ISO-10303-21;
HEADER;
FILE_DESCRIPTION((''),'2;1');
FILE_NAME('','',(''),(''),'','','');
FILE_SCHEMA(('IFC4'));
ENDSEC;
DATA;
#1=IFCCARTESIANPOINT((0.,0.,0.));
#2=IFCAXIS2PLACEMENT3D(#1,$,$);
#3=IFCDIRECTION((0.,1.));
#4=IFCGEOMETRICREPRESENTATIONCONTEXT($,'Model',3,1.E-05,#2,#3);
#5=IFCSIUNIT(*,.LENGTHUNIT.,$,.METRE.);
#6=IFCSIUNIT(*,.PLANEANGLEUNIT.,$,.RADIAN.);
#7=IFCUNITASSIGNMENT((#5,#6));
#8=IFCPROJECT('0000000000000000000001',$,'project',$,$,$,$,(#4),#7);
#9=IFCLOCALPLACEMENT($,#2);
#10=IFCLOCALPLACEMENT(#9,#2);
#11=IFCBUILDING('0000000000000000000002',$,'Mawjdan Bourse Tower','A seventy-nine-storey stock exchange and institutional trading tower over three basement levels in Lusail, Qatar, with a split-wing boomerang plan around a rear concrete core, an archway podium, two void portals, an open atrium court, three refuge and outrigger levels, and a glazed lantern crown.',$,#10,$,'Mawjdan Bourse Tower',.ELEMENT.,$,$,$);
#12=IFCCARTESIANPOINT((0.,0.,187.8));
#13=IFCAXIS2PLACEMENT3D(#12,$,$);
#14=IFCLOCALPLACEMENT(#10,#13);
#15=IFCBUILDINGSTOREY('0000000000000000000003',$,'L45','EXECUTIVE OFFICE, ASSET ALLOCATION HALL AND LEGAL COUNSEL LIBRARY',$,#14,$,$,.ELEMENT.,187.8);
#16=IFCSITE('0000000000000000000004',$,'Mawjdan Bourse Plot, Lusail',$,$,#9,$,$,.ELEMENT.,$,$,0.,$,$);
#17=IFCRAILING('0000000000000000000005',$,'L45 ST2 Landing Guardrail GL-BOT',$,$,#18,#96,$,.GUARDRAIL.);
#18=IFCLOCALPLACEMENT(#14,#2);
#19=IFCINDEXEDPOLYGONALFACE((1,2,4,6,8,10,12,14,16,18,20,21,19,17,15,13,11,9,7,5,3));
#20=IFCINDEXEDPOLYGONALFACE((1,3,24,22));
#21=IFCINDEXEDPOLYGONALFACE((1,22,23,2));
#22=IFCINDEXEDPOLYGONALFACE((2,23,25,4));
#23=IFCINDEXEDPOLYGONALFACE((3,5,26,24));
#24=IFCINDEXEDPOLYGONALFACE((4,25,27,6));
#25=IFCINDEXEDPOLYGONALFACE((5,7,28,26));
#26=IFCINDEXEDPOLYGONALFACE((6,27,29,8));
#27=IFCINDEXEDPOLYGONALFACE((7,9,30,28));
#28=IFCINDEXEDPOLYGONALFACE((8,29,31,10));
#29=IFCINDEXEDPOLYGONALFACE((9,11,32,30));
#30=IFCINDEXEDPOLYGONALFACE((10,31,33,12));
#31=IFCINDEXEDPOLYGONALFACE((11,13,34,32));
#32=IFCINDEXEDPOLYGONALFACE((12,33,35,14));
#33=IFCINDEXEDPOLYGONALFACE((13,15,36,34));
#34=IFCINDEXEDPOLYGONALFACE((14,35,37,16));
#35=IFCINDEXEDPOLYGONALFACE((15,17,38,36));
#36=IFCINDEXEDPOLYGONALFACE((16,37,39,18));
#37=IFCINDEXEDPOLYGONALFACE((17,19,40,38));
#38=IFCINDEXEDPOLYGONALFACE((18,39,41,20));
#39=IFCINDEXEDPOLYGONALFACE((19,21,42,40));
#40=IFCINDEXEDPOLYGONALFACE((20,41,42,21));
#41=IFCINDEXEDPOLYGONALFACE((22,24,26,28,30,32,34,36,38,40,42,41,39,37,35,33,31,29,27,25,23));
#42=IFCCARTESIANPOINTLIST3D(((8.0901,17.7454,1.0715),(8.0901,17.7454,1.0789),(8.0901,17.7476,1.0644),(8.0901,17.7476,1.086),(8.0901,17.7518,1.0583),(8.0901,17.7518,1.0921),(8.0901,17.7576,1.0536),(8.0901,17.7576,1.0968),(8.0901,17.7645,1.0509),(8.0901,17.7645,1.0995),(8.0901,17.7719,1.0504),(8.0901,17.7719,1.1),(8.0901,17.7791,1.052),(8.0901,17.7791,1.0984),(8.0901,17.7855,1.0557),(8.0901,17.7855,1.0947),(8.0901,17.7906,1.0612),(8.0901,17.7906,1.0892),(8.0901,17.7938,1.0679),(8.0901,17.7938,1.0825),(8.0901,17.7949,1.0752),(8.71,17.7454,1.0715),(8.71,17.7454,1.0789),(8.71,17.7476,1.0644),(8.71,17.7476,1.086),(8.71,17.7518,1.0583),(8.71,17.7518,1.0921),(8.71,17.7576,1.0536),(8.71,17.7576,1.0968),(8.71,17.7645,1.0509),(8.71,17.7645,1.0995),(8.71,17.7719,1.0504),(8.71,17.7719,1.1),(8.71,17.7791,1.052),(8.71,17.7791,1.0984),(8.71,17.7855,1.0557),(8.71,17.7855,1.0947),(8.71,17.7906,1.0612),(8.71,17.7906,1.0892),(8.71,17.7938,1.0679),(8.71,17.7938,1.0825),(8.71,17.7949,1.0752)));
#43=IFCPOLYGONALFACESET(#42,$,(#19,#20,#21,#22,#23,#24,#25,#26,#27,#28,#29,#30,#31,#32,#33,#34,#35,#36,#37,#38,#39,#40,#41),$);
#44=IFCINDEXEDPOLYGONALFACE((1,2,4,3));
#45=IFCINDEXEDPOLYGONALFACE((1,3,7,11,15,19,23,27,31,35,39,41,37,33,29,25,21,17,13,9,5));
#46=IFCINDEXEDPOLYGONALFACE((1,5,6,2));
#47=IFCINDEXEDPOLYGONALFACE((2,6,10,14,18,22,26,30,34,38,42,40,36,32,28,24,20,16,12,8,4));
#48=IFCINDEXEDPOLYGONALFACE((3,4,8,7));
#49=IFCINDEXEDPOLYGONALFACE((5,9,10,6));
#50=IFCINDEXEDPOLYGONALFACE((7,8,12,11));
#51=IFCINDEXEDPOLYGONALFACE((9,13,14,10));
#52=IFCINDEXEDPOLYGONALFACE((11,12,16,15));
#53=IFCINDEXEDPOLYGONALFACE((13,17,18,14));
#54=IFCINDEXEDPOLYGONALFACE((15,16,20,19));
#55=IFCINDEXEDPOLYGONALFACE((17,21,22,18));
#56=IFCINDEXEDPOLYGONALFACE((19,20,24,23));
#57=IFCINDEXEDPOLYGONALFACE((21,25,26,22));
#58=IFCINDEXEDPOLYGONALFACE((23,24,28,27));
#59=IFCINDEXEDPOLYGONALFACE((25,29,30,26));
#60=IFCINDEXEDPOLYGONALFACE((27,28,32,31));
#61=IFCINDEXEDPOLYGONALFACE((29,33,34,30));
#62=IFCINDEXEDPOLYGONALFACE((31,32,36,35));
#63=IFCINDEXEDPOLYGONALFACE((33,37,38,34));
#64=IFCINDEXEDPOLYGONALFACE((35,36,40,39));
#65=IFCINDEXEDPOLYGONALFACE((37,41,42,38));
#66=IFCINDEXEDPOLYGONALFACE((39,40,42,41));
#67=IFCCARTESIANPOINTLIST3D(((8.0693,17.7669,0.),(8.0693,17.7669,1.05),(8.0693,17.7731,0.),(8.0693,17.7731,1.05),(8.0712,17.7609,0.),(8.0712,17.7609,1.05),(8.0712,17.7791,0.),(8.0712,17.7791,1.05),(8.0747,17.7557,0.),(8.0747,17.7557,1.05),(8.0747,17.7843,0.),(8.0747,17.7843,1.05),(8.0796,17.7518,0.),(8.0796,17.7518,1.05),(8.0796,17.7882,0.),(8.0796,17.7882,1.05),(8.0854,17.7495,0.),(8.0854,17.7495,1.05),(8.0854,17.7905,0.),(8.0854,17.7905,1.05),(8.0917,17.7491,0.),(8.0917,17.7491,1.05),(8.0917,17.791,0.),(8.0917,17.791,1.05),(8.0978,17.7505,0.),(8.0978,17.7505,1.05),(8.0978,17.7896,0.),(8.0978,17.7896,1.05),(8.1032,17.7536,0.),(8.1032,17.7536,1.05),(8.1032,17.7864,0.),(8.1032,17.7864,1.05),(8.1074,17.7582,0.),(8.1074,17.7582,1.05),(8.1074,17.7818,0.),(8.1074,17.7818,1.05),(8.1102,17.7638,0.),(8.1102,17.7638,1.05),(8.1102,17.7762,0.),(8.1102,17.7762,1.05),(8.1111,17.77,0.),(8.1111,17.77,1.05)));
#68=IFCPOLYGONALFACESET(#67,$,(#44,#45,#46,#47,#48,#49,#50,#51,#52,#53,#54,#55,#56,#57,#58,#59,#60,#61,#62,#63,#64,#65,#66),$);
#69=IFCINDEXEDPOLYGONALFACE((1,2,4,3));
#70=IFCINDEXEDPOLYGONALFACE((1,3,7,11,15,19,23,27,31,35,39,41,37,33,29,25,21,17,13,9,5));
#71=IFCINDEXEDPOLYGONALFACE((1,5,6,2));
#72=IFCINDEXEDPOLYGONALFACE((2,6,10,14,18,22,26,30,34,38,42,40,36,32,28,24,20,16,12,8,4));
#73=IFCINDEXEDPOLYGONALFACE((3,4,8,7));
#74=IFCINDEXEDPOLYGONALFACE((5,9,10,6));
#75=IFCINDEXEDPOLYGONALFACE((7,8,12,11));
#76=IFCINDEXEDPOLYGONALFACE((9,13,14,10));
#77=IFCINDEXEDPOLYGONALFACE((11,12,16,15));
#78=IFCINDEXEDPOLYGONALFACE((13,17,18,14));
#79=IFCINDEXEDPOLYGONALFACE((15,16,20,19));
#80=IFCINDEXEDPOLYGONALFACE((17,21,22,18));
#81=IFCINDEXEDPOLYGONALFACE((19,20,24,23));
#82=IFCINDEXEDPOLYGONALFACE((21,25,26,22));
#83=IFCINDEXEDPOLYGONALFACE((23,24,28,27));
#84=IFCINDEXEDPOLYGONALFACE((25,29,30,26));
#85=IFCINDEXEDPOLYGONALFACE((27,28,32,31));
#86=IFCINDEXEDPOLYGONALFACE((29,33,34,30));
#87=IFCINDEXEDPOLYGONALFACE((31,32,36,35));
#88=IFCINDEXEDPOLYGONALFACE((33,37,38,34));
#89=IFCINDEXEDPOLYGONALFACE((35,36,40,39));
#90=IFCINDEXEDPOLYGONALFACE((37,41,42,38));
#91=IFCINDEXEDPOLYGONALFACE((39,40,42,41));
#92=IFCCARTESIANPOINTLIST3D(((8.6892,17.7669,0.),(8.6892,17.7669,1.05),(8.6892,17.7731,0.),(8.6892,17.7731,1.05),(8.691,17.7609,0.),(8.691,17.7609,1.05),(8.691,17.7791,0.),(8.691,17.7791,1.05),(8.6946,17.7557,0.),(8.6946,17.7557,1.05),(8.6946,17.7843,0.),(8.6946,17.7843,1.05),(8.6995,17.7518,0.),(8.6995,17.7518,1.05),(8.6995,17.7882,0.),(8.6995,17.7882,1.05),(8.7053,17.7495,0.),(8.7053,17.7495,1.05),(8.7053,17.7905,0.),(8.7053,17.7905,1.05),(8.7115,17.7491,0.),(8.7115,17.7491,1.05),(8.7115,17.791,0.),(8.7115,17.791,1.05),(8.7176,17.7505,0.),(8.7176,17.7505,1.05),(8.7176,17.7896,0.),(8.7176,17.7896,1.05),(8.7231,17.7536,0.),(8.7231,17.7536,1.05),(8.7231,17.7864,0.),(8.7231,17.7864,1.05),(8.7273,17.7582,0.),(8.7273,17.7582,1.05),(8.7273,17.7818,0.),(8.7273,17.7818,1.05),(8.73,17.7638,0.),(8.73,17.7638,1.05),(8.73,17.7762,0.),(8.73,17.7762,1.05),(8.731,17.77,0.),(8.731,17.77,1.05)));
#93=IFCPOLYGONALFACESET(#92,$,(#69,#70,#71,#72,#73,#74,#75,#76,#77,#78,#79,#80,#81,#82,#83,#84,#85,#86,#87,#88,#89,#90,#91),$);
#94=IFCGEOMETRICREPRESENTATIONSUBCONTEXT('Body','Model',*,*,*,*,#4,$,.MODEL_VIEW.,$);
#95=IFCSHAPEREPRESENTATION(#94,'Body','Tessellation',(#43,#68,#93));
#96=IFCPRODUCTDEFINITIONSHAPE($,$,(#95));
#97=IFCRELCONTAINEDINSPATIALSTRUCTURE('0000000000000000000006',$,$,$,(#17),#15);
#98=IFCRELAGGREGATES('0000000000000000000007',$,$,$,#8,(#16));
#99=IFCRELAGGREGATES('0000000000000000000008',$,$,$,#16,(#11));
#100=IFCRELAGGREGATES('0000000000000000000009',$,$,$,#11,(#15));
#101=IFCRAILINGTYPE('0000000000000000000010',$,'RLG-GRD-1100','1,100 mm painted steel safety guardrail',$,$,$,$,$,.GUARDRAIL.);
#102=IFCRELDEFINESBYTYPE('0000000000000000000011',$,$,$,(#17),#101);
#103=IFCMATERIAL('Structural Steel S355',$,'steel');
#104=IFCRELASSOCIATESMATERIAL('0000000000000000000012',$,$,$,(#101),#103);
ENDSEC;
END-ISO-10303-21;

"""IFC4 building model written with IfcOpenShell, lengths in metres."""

from ifc_helpers import new_model, si_unit, direction, frame, origin, origin_2d, place, context, subcontext, project, spatial, circle, extrude, material, type_object, element, save


model = new_model("IFC4")

# Units and contexts
model_context = context("Model", 3, precision=1e-05, world=origin(), true_north=direction((0.0, 1.0)))
body_context = subcontext(model_context, "Body", "Model", "MODEL_VIEW")
ifc_project = project(units=[si_unit("LENGTHUNIT", "METRE"), si_unit("PLANEANGLEUNIT", "RADIAN")], contexts=[model_context])

# Site, building, storey
site_placement = place(None, origin())
site = spatial("IfcSite", under=ifc_project, at=site_placement, Name="Mawjdan Bourse Plot, Lusail", CompositionType="ELEMENT", RefElevation=0.0)
building_placement = place(site_placement, origin())
building = spatial("IfcBuilding", under=site, at=building_placement, Name="Mawjdan Bourse Tower", Description="A seventy-nine-storey stock exchange and institutional trading tower over three basement levels in Lusail, Qatar, with a split-wing boomerang plan around a rear concrete core, an archway podium, two void portals, an open atrium court, three refuge and outrigger levels, and a glazed lantern crown.", LongName="Mawjdan Bourse Tower", CompositionType="ELEMENT")
storey_placement = place(building_placement, frame((0.0, 0.0, 187.8)))
storey = spatial("IfcBuildingStorey", under=building, at=storey_placement, Name="L45", Description="EXECUTIVE OFFICE, ASSET ALLOCATION HALL AND LEGAL COUNSEL LIBRARY", CompositionType="ELEMENT", Elevation=187.8)

# Shared definitions
ifc_material_1 = material(Name="Structural Steel S355", Category="steel")

# Railing
railing_type_1 = type_object("IfcRailingType", Name="RLG-GRD-1100", Description="1,100 mm painted steel safety guardrail", PredefinedType="GUARDRAIL", material=ifc_material_1)
for number, where, name in (
    (1, (8.0901, 17.77, 0.0), "L45 ST2 Landing Guardrail GL-BOT"),
):
    element("IfcRailing", number, at=place(storey_placement, frame(where)), inside=storey, type_object=railing_type_1, Name=name, PredefinedType="GUARDRAIL", context=body_context, shape_type="SweptSolid", body=[
        extrude(circle(Radius=0.0249, at=origin_2d()), frame((0.0, 0.0, 1.0752), z_axis=(1.0, 0.0, 0.0), x_axis=(0.0, 1.0, 0.0)), (0.0, 0.0, 1.0), 0.6199),
        extrude(circle(Radius=0.021, at=origin_2d()), origin(), (0.0, 0.0, 1.0), 1.05),
        extrude(circle(Radius=0.021, at=origin_2d()), frame((0.6199, 0.0, 0.0)), (0.0, 0.0, 1.0), 1.05),
    ])

save(model, "model.ifc")
